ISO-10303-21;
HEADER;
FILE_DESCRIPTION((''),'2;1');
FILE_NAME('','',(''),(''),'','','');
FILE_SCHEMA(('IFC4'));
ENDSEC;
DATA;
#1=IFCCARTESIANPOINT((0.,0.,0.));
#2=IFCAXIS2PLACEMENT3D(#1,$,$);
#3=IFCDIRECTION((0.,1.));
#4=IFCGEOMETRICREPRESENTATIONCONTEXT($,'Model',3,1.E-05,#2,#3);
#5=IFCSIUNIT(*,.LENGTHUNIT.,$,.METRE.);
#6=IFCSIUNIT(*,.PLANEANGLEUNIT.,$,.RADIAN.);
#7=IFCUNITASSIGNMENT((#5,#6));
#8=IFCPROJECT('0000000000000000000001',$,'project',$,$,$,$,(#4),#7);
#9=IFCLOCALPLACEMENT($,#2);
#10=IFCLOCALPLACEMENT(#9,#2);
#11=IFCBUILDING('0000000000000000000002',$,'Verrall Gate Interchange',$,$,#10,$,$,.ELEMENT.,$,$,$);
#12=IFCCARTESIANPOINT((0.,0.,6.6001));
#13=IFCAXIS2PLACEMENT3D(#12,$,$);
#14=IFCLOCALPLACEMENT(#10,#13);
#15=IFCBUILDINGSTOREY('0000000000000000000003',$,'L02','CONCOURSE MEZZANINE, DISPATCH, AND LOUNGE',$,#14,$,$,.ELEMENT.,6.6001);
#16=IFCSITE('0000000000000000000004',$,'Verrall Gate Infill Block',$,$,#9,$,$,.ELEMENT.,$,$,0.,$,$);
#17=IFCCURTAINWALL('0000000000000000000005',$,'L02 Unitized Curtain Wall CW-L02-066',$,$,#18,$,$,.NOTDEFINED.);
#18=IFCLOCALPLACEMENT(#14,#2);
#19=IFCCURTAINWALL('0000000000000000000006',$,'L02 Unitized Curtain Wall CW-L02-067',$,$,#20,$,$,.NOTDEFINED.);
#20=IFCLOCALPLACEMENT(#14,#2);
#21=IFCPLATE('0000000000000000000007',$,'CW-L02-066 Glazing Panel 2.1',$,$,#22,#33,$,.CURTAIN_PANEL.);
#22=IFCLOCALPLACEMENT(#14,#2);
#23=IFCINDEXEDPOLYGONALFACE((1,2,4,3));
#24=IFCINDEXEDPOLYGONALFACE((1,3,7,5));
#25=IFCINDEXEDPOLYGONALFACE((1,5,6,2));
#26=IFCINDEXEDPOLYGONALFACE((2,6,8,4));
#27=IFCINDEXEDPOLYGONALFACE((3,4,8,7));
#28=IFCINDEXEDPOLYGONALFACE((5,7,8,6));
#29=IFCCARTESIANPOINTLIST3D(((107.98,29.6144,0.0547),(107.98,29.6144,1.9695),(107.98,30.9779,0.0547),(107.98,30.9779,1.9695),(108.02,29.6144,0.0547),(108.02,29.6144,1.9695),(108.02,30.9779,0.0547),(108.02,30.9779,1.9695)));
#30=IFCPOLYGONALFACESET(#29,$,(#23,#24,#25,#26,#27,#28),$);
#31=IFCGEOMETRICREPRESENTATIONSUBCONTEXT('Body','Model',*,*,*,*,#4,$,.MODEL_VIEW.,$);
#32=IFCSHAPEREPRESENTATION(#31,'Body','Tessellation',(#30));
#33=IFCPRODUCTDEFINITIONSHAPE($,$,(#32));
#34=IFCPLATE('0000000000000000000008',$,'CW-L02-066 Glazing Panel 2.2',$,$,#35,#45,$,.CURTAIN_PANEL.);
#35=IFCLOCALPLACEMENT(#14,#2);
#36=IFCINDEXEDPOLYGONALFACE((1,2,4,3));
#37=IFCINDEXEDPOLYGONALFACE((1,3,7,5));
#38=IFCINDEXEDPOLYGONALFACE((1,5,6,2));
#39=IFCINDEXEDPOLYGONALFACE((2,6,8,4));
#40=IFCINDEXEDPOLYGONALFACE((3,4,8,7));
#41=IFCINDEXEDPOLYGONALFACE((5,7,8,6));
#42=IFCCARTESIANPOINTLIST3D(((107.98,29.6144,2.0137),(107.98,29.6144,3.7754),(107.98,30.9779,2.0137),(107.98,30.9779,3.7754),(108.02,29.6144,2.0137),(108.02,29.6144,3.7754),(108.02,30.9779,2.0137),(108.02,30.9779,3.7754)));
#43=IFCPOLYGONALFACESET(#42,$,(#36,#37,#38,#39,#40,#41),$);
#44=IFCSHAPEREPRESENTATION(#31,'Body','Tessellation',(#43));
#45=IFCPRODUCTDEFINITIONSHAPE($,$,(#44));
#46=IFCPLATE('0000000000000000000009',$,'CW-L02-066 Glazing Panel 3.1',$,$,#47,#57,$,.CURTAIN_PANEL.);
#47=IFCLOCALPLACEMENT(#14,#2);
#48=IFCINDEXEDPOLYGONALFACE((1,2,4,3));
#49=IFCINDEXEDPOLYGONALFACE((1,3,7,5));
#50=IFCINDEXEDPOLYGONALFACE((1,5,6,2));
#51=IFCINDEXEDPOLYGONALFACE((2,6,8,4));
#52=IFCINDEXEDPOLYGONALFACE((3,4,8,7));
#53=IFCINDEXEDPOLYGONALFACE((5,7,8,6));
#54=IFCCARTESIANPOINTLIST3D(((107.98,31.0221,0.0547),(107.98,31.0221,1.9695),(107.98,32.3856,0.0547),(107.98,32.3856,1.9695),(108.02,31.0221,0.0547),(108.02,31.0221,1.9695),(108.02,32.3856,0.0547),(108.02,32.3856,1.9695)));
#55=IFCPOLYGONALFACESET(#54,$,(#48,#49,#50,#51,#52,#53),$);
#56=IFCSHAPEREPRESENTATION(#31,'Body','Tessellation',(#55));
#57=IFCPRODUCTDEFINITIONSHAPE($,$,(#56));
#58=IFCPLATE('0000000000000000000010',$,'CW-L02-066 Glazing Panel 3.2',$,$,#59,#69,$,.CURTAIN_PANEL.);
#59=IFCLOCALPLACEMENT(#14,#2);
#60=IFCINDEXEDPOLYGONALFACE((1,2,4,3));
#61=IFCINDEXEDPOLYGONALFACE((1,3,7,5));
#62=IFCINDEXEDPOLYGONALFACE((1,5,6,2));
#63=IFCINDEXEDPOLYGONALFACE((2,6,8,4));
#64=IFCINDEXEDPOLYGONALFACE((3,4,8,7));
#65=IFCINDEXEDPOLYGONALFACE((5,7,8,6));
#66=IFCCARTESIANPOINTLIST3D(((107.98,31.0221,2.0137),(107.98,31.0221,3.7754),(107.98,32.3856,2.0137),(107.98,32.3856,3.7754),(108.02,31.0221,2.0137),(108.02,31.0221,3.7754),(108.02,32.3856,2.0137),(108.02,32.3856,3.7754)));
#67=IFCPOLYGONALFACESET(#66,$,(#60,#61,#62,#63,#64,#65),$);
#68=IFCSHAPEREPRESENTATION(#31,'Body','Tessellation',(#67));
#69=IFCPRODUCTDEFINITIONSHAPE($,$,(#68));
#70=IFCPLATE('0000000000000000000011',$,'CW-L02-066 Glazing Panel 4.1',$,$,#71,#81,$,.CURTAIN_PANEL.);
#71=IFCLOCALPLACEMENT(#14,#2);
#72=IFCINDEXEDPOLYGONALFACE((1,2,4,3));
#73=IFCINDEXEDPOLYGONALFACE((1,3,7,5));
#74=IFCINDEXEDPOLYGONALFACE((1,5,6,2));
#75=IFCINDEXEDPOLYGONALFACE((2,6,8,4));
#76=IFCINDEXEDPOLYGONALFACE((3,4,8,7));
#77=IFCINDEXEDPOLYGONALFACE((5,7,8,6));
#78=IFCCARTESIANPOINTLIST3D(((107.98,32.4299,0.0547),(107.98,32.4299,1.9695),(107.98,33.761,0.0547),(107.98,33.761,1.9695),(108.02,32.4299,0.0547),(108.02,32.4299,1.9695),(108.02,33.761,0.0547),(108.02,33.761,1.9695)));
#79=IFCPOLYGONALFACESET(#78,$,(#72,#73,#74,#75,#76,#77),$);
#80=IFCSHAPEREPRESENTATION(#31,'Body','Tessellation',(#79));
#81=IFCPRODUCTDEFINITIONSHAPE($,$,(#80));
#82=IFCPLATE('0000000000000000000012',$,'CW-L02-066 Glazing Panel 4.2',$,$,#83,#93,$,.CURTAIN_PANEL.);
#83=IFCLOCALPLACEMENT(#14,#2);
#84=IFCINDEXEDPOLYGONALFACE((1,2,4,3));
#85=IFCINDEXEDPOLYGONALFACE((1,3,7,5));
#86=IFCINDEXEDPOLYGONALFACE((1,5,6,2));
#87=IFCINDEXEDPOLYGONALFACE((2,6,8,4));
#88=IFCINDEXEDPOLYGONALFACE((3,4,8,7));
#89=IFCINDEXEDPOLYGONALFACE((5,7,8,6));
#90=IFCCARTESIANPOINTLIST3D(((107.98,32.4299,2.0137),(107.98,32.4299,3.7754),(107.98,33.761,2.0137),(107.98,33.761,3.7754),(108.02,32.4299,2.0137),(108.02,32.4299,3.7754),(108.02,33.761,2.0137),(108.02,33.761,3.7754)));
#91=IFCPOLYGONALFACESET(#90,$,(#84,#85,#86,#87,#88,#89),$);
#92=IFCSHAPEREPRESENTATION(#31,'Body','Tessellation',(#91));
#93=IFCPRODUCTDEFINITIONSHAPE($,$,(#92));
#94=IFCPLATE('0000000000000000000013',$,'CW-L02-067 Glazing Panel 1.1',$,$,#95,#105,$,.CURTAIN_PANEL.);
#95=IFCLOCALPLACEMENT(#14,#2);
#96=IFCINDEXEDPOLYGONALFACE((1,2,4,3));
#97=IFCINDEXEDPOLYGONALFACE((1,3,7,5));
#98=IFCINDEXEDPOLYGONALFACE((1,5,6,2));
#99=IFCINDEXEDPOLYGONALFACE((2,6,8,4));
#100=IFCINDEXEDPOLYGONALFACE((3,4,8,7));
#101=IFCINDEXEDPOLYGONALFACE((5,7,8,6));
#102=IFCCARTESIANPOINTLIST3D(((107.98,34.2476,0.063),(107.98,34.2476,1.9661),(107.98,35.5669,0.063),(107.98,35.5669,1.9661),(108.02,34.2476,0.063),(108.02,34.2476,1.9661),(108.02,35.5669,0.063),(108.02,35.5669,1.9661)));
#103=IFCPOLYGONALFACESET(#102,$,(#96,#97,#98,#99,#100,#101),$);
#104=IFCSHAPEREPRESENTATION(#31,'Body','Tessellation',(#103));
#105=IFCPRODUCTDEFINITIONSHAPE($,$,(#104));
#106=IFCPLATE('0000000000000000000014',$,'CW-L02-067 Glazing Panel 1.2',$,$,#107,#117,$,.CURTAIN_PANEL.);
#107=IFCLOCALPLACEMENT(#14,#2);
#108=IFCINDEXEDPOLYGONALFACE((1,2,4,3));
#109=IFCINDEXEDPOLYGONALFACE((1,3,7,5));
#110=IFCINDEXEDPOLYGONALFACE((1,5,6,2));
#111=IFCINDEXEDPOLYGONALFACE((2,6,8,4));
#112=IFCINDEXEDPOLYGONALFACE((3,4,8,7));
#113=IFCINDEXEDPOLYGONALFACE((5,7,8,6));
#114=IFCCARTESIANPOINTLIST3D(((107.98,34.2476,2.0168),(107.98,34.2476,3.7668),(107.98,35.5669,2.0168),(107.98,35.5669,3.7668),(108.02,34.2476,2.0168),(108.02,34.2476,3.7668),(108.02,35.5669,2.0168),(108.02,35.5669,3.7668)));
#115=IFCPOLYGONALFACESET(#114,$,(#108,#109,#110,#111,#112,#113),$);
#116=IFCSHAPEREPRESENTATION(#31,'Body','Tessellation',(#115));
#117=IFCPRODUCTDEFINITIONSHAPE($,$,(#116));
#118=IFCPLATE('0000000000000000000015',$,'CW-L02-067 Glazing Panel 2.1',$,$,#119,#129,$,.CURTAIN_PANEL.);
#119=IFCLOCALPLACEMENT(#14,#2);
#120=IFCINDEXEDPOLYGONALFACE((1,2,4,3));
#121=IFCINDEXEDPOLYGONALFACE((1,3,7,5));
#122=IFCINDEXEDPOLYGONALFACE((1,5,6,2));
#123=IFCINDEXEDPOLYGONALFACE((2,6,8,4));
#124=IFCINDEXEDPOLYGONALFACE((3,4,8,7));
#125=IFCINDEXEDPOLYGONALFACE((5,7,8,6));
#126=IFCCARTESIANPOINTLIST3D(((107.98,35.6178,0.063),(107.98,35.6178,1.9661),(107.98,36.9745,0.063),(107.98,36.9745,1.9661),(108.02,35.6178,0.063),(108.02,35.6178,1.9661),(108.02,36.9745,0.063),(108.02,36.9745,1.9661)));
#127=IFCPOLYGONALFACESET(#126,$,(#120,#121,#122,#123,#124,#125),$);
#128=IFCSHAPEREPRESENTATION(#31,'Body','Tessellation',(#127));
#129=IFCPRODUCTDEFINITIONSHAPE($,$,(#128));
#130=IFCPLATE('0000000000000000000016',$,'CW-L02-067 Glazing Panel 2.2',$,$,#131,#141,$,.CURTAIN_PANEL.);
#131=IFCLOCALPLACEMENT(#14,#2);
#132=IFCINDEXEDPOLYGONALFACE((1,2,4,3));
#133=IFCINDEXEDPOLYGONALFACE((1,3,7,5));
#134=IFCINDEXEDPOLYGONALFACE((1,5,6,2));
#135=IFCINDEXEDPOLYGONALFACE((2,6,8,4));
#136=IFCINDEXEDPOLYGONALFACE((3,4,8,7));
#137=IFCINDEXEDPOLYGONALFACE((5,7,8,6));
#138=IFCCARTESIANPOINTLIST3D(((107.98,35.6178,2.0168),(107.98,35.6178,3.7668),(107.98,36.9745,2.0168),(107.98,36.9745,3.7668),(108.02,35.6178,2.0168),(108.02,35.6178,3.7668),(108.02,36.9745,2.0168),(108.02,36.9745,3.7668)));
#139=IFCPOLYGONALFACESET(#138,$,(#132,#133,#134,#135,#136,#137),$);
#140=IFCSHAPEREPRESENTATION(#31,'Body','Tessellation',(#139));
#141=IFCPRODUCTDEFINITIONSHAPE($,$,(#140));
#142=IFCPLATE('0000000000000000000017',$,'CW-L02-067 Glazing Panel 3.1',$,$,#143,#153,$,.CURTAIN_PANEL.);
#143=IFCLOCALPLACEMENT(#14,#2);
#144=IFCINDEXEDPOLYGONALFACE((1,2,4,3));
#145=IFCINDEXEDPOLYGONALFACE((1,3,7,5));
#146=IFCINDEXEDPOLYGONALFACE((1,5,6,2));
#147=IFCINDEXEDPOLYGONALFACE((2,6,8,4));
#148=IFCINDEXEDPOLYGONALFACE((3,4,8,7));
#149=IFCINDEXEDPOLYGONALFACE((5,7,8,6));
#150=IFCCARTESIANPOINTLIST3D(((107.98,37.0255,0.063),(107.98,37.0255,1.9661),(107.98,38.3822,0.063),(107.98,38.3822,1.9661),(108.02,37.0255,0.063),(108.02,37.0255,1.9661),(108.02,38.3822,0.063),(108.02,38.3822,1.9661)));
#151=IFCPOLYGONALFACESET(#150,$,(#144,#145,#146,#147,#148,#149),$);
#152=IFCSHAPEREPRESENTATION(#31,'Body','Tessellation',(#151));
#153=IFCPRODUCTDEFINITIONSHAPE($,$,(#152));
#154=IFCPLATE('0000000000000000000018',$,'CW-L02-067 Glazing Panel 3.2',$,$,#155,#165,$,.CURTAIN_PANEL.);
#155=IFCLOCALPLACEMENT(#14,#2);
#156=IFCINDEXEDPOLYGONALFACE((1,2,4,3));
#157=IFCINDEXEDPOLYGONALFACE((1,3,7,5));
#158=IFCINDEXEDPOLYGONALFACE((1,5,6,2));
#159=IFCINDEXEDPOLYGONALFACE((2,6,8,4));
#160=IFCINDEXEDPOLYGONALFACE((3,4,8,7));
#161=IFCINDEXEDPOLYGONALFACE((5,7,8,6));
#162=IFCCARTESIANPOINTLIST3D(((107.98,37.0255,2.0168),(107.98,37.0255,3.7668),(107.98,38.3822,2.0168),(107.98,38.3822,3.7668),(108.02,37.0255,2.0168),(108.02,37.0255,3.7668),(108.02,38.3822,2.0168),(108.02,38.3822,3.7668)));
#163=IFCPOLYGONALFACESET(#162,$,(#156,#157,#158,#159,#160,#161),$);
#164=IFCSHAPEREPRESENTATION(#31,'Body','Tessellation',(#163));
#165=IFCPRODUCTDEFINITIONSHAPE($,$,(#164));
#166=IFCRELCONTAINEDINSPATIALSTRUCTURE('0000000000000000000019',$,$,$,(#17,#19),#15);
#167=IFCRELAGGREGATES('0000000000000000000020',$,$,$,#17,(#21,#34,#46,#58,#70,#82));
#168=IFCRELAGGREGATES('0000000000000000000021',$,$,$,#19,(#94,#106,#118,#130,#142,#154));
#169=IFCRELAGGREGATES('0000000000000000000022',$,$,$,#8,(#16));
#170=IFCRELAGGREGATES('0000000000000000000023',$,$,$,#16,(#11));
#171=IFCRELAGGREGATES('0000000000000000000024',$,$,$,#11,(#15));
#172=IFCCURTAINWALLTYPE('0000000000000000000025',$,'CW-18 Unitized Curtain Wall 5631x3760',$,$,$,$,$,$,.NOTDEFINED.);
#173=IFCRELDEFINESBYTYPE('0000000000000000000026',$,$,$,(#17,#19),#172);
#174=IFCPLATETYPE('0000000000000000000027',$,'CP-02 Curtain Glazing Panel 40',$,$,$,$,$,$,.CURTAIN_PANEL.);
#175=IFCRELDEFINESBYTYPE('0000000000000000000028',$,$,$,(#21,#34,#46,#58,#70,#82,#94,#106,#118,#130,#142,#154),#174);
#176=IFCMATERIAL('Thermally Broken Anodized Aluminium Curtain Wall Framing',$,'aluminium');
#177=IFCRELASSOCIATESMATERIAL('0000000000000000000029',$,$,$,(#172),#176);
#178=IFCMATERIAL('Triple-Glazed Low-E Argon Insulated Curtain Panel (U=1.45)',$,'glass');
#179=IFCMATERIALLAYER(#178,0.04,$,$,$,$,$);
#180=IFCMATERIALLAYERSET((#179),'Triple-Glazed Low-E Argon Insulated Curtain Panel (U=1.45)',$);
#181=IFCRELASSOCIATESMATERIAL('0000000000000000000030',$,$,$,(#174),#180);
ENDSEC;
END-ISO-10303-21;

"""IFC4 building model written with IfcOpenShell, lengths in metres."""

from ifc_helpers import new_model, si_unit, direction, frame, origin, origin_2d, place, context, subcontext, project, spatial, rectangle, extrude, material, layer, layer_set, type_object, element, aggregate, save


model = new_model("IFC4")

# Units and contexts
model_context = context("Model", 3, precision=1e-05, world=origin(), true_north=direction((0.0, 1.0)))
body_context = subcontext(model_context, "Body", "Model", "MODEL_VIEW")
ifc_project = project(units=[si_unit("LENGTHUNIT", "METRE"), si_unit("PLANEANGLEUNIT", "RADIAN")], contexts=[model_context])

# Site, building, storey
site_placement = place(None, origin())
site = spatial("IfcSite", under=ifc_project, at=site_placement, Name="Verrall Gate Infill Block", CompositionType="ELEMENT", RefElevation=0.0)
building_placement = place(site_placement, origin())
building = spatial("IfcBuilding", under=site, at=building_placement, Name="Verrall Gate Interchange", CompositionType="ELEMENT")
storey_placement = place(building_placement, frame((0.0, 0.0, 6.6001)))
storey = spatial("IfcBuildingStorey", under=building, at=storey_placement, Name="L02", Description="CONCOURSE MEZZANINE, DISPATCH, AND LOUNGE", CompositionType="ELEMENT", Elevation=6.6001)

# Curtain wall
ifc_material_1 = material(Name="Thermally Broken Anodized Aluminium Curtain Wall Framing", Category="aluminium")
curtain_wall_type = type_object("IfcCurtainWallType", Name="CW-18 Unitized Curtain Wall 5631x3760", PredefinedType="NOTDEFINED", material=ifc_material_1)
curtain_wall_1_placement = place(storey_placement, origin())
curtain_wall_1 = element("IfcCurtainWall", 1, at=curtain_wall_1_placement, inside=storey, type_object=curtain_wall_type, Name="L02 Unitized Curtain Wall CW-L02-066", PredefinedType="NOTDEFINED")

# Curtain wall
curtain_wall_2_placement = place(storey_placement, origin())
curtain_wall_2 = element("IfcCurtainWall", 2, at=curtain_wall_2_placement, inside=storey, type_object=curtain_wall_type, Name="L02 Unitized Curtain Wall CW-L02-067", PredefinedType="NOTDEFINED")

# Plates
ifc_material_2 = material(Name="Triple-Glazed Low-E Argon Insulated Curtain Panel (U=1.45)", Category="glass")
ifc_layer_1 = layer(ifc_material_2, 0.04)
ifc_layer_set_1 = layer_set([ifc_layer_1], Name="Triple-Glazed Low-E Argon Insulated Curtain Panel (U=1.45)")
plate_type_1 = type_object("IfcPlateType", Name="CP-02 Curtain Glazing Panel 40", PredefinedType="CURTAIN_PANEL", material=ifc_layer_set_1)
plate_1_placement = place(storey_placement, frame((108.0, 30.2961, 0.0547), z_axis=(0.0, 0.0, 1.0), x_axis=(0.0, 1.0, 0.0)))
plate_1 = element("IfcPlate", 3, at=plate_1_placement, type_object=plate_type_1, Name="CW-L02-066 Glazing Panel 2.1", PredefinedType="CURTAIN_PANEL", context=body_context, shape_type="SweptSolid", body=[
    extrude(rectangle(XDim=1.3635, YDim=0.04, at=origin_2d()), origin(), (0.0, 0.0, 1.0), 1.9148),
])
plate_2_placement = place(storey_placement, frame((108.0, 30.2961, 2.0137), z_axis=(0.0, 0.0, 1.0), x_axis=(0.0, 1.0, 0.0)))
plate_2 = element("IfcPlate", 4, at=plate_2_placement, type_object=plate_type_1, Name="CW-L02-066 Glazing Panel 2.2", PredefinedType="CURTAIN_PANEL", context=body_context, shape_type="SweptSolid", body=[
    extrude(rectangle(XDim=1.3635, YDim=0.04, at=origin_2d()), origin(), (0.0, 0.0, 1.0), 1.7617),
])
plate_3_placement = place(storey_placement, frame((108.0, 31.7039, 0.0547), z_axis=(0.0, 0.0, 1.0), x_axis=(0.0, 1.0, 0.0)))
plate_3 = element("IfcPlate", 5, at=plate_3_placement, type_object=plate_type_1, Name="CW-L02-066 Glazing Panel 3.1", PredefinedType="CURTAIN_PANEL", context=body_context, shape_type="SweptSolid", body=[
    extrude(rectangle(XDim=1.3635, YDim=0.04, at=origin_2d()), origin(), (0.0, 0.0, 1.0), 1.9148),
])
plate_4_placement = place(storey_placement, frame((108.0, 31.7039, 2.0137), z_axis=(0.0, 0.0, 1.0), x_axis=(0.0, 1.0, 0.0)))
plate_4 = element("IfcPlate", 6, at=plate_4_placement, type_object=plate_type_1, Name="CW-L02-066 Glazing Panel 3.2", PredefinedType="CURTAIN_PANEL", context=body_context, shape_type="SweptSolid", body=[
    extrude(rectangle(XDim=1.3635, YDim=0.04, at=origin_2d()), origin(), (0.0, 0.0, 1.0), 1.7617),
])
plate_5_placement = place(storey_placement, frame((108.0, 33.0955, 0.0547), z_axis=(0.0, 0.0, 1.0), x_axis=(0.0, 1.0, 0.0)))
plate_5 = element("IfcPlate", 7, at=plate_5_placement, type_object=plate_type_1, Name="CW-L02-066 Glazing Panel 4.1", PredefinedType="CURTAIN_PANEL", context=body_context, shape_type="SweptSolid", body=[
    extrude(rectangle(XDim=1.3311, YDim=0.04, at=origin_2d()), origin(), (0.0, 0.0, 1.0), 1.9148),
])
plate_6_placement = place(storey_placement, frame((108.0, 33.0955, 2.0137), z_axis=(0.0, 0.0, 1.0), x_axis=(0.0, 1.0, 0.0)))
plate_6 = element("IfcPlate", 8, at=plate_6_placement, type_object=plate_type_1, Name="CW-L02-066 Glazing Panel 4.2", PredefinedType="CURTAIN_PANEL", context=body_context, shape_type="SweptSolid", body=[
    extrude(rectangle(XDim=1.3311, YDim=0.04, at=origin_2d()), origin(), (0.0, 0.0, 1.0), 1.7617),
])
aggregate(curtain_wall_1, [plate_1, plate_2, plate_3, plate_4, plate_5, plate_6])
plate_7_placement = place(storey_placement, frame((108.0, 34.9072, 0.063), z_axis=(0.0, 0.0, 1.0), x_axis=(0.0, 1.0, 0.0)))
plate_7 = element("IfcPlate", 9, at=plate_7_placement, type_object=plate_type_1, Name="CW-L02-067 Glazing Panel 1.1", PredefinedType="CURTAIN_PANEL", context=body_context, shape_type="SweptSolid", body=[
    extrude(rectangle(XDim=1.3193, YDim=0.04, at=origin_2d()), origin(), (0.0, 0.0, 1.0), 1.9031),
])
plate_8_placement = place(storey_placement, frame((108.0, 34.9072, 2.0168), z_axis=(0.0, 0.0, 1.0), x_axis=(0.0, 1.0, 0.0)))
plate_8 = element("IfcPlate", 10, at=plate_8_placement, type_object=plate_type_1, Name="CW-L02-067 Glazing Panel 1.2", PredefinedType="CURTAIN_PANEL", context=body_context, shape_type="SweptSolid", body=[
    extrude(rectangle(XDim=1.3193, YDim=0.04, at=origin_2d()), origin(), (0.0, 0.0, 1.0), 1.75),
])
plate_9_placement = place(storey_placement, frame((108.0, 36.2961, 0.063), z_axis=(0.0, 0.0, 1.0), x_axis=(0.0, 1.0, 0.0)))
plate_9 = element("IfcPlate", 11, at=plate_9_placement, type_object=plate_type_1, Name="CW-L02-067 Glazing Panel 2.1", PredefinedType="CURTAIN_PANEL", context=body_context, shape_type="SweptSolid", body=[
    extrude(rectangle(XDim=1.3567, YDim=0.04, at=origin_2d()), origin(), (0.0, 0.0, 1.0), 1.9031),
])
plate_10_placement = place(storey_placement, frame((108.0, 36.2961, 2.0168), z_axis=(0.0, 0.0, 1.0), x_axis=(0.0, 1.0, 0.0)))
plate_10 = element("IfcPlate", 12, at=plate_10_placement, type_object=plate_type_1, Name="CW-L02-067 Glazing Panel 2.2", PredefinedType="CURTAIN_PANEL", context=body_context, shape_type="SweptSolid", body=[
    extrude(rectangle(XDim=1.3567, YDim=0.04, at=origin_2d()), origin(), (0.0, 0.0, 1.0), 1.75),
])
plate_11_placement = place(storey_placement, frame((108.0, 37.7039, 0.063), z_axis=(0.0, 0.0, 1.0), x_axis=(0.0, 1.0, 0.0)))
plate_11 = element("IfcPlate", 13, at=plate_11_placement, type_object=plate_type_1, Name="CW-L02-067 Glazing Panel 3.1", PredefinedType="CURTAIN_PANEL", context=body_context, shape_type="SweptSolid", body=[
    extrude(rectangle(XDim=1.3567, YDim=0.04, at=origin_2d()), origin(), (0.0, 0.0, 1.0), 1.9031),
])
plate_12_placement = place(storey_placement, frame((108.0, 37.7039, 2.0168), z_axis=(0.0, 0.0, 1.0), x_axis=(0.0, 1.0, 0.0)))
plate_12 = element("IfcPlate", 14, at=plate_12_placement, type_object=plate_type_1, Name="CW-L02-067 Glazing Panel 3.2", PredefinedType="CURTAIN_PANEL", context=body_context, shape_type="SweptSolid", body=[
    extrude(rectangle(XDim=1.3567, YDim=0.04, at=origin_2d()), origin(), (0.0, 0.0, 1.0), 1.75),
])
aggregate(curtain_wall_2, [plate_7, plate_8, plate_9, plate_10, plate_11, plate_12])

save(model, "model.ifc")
